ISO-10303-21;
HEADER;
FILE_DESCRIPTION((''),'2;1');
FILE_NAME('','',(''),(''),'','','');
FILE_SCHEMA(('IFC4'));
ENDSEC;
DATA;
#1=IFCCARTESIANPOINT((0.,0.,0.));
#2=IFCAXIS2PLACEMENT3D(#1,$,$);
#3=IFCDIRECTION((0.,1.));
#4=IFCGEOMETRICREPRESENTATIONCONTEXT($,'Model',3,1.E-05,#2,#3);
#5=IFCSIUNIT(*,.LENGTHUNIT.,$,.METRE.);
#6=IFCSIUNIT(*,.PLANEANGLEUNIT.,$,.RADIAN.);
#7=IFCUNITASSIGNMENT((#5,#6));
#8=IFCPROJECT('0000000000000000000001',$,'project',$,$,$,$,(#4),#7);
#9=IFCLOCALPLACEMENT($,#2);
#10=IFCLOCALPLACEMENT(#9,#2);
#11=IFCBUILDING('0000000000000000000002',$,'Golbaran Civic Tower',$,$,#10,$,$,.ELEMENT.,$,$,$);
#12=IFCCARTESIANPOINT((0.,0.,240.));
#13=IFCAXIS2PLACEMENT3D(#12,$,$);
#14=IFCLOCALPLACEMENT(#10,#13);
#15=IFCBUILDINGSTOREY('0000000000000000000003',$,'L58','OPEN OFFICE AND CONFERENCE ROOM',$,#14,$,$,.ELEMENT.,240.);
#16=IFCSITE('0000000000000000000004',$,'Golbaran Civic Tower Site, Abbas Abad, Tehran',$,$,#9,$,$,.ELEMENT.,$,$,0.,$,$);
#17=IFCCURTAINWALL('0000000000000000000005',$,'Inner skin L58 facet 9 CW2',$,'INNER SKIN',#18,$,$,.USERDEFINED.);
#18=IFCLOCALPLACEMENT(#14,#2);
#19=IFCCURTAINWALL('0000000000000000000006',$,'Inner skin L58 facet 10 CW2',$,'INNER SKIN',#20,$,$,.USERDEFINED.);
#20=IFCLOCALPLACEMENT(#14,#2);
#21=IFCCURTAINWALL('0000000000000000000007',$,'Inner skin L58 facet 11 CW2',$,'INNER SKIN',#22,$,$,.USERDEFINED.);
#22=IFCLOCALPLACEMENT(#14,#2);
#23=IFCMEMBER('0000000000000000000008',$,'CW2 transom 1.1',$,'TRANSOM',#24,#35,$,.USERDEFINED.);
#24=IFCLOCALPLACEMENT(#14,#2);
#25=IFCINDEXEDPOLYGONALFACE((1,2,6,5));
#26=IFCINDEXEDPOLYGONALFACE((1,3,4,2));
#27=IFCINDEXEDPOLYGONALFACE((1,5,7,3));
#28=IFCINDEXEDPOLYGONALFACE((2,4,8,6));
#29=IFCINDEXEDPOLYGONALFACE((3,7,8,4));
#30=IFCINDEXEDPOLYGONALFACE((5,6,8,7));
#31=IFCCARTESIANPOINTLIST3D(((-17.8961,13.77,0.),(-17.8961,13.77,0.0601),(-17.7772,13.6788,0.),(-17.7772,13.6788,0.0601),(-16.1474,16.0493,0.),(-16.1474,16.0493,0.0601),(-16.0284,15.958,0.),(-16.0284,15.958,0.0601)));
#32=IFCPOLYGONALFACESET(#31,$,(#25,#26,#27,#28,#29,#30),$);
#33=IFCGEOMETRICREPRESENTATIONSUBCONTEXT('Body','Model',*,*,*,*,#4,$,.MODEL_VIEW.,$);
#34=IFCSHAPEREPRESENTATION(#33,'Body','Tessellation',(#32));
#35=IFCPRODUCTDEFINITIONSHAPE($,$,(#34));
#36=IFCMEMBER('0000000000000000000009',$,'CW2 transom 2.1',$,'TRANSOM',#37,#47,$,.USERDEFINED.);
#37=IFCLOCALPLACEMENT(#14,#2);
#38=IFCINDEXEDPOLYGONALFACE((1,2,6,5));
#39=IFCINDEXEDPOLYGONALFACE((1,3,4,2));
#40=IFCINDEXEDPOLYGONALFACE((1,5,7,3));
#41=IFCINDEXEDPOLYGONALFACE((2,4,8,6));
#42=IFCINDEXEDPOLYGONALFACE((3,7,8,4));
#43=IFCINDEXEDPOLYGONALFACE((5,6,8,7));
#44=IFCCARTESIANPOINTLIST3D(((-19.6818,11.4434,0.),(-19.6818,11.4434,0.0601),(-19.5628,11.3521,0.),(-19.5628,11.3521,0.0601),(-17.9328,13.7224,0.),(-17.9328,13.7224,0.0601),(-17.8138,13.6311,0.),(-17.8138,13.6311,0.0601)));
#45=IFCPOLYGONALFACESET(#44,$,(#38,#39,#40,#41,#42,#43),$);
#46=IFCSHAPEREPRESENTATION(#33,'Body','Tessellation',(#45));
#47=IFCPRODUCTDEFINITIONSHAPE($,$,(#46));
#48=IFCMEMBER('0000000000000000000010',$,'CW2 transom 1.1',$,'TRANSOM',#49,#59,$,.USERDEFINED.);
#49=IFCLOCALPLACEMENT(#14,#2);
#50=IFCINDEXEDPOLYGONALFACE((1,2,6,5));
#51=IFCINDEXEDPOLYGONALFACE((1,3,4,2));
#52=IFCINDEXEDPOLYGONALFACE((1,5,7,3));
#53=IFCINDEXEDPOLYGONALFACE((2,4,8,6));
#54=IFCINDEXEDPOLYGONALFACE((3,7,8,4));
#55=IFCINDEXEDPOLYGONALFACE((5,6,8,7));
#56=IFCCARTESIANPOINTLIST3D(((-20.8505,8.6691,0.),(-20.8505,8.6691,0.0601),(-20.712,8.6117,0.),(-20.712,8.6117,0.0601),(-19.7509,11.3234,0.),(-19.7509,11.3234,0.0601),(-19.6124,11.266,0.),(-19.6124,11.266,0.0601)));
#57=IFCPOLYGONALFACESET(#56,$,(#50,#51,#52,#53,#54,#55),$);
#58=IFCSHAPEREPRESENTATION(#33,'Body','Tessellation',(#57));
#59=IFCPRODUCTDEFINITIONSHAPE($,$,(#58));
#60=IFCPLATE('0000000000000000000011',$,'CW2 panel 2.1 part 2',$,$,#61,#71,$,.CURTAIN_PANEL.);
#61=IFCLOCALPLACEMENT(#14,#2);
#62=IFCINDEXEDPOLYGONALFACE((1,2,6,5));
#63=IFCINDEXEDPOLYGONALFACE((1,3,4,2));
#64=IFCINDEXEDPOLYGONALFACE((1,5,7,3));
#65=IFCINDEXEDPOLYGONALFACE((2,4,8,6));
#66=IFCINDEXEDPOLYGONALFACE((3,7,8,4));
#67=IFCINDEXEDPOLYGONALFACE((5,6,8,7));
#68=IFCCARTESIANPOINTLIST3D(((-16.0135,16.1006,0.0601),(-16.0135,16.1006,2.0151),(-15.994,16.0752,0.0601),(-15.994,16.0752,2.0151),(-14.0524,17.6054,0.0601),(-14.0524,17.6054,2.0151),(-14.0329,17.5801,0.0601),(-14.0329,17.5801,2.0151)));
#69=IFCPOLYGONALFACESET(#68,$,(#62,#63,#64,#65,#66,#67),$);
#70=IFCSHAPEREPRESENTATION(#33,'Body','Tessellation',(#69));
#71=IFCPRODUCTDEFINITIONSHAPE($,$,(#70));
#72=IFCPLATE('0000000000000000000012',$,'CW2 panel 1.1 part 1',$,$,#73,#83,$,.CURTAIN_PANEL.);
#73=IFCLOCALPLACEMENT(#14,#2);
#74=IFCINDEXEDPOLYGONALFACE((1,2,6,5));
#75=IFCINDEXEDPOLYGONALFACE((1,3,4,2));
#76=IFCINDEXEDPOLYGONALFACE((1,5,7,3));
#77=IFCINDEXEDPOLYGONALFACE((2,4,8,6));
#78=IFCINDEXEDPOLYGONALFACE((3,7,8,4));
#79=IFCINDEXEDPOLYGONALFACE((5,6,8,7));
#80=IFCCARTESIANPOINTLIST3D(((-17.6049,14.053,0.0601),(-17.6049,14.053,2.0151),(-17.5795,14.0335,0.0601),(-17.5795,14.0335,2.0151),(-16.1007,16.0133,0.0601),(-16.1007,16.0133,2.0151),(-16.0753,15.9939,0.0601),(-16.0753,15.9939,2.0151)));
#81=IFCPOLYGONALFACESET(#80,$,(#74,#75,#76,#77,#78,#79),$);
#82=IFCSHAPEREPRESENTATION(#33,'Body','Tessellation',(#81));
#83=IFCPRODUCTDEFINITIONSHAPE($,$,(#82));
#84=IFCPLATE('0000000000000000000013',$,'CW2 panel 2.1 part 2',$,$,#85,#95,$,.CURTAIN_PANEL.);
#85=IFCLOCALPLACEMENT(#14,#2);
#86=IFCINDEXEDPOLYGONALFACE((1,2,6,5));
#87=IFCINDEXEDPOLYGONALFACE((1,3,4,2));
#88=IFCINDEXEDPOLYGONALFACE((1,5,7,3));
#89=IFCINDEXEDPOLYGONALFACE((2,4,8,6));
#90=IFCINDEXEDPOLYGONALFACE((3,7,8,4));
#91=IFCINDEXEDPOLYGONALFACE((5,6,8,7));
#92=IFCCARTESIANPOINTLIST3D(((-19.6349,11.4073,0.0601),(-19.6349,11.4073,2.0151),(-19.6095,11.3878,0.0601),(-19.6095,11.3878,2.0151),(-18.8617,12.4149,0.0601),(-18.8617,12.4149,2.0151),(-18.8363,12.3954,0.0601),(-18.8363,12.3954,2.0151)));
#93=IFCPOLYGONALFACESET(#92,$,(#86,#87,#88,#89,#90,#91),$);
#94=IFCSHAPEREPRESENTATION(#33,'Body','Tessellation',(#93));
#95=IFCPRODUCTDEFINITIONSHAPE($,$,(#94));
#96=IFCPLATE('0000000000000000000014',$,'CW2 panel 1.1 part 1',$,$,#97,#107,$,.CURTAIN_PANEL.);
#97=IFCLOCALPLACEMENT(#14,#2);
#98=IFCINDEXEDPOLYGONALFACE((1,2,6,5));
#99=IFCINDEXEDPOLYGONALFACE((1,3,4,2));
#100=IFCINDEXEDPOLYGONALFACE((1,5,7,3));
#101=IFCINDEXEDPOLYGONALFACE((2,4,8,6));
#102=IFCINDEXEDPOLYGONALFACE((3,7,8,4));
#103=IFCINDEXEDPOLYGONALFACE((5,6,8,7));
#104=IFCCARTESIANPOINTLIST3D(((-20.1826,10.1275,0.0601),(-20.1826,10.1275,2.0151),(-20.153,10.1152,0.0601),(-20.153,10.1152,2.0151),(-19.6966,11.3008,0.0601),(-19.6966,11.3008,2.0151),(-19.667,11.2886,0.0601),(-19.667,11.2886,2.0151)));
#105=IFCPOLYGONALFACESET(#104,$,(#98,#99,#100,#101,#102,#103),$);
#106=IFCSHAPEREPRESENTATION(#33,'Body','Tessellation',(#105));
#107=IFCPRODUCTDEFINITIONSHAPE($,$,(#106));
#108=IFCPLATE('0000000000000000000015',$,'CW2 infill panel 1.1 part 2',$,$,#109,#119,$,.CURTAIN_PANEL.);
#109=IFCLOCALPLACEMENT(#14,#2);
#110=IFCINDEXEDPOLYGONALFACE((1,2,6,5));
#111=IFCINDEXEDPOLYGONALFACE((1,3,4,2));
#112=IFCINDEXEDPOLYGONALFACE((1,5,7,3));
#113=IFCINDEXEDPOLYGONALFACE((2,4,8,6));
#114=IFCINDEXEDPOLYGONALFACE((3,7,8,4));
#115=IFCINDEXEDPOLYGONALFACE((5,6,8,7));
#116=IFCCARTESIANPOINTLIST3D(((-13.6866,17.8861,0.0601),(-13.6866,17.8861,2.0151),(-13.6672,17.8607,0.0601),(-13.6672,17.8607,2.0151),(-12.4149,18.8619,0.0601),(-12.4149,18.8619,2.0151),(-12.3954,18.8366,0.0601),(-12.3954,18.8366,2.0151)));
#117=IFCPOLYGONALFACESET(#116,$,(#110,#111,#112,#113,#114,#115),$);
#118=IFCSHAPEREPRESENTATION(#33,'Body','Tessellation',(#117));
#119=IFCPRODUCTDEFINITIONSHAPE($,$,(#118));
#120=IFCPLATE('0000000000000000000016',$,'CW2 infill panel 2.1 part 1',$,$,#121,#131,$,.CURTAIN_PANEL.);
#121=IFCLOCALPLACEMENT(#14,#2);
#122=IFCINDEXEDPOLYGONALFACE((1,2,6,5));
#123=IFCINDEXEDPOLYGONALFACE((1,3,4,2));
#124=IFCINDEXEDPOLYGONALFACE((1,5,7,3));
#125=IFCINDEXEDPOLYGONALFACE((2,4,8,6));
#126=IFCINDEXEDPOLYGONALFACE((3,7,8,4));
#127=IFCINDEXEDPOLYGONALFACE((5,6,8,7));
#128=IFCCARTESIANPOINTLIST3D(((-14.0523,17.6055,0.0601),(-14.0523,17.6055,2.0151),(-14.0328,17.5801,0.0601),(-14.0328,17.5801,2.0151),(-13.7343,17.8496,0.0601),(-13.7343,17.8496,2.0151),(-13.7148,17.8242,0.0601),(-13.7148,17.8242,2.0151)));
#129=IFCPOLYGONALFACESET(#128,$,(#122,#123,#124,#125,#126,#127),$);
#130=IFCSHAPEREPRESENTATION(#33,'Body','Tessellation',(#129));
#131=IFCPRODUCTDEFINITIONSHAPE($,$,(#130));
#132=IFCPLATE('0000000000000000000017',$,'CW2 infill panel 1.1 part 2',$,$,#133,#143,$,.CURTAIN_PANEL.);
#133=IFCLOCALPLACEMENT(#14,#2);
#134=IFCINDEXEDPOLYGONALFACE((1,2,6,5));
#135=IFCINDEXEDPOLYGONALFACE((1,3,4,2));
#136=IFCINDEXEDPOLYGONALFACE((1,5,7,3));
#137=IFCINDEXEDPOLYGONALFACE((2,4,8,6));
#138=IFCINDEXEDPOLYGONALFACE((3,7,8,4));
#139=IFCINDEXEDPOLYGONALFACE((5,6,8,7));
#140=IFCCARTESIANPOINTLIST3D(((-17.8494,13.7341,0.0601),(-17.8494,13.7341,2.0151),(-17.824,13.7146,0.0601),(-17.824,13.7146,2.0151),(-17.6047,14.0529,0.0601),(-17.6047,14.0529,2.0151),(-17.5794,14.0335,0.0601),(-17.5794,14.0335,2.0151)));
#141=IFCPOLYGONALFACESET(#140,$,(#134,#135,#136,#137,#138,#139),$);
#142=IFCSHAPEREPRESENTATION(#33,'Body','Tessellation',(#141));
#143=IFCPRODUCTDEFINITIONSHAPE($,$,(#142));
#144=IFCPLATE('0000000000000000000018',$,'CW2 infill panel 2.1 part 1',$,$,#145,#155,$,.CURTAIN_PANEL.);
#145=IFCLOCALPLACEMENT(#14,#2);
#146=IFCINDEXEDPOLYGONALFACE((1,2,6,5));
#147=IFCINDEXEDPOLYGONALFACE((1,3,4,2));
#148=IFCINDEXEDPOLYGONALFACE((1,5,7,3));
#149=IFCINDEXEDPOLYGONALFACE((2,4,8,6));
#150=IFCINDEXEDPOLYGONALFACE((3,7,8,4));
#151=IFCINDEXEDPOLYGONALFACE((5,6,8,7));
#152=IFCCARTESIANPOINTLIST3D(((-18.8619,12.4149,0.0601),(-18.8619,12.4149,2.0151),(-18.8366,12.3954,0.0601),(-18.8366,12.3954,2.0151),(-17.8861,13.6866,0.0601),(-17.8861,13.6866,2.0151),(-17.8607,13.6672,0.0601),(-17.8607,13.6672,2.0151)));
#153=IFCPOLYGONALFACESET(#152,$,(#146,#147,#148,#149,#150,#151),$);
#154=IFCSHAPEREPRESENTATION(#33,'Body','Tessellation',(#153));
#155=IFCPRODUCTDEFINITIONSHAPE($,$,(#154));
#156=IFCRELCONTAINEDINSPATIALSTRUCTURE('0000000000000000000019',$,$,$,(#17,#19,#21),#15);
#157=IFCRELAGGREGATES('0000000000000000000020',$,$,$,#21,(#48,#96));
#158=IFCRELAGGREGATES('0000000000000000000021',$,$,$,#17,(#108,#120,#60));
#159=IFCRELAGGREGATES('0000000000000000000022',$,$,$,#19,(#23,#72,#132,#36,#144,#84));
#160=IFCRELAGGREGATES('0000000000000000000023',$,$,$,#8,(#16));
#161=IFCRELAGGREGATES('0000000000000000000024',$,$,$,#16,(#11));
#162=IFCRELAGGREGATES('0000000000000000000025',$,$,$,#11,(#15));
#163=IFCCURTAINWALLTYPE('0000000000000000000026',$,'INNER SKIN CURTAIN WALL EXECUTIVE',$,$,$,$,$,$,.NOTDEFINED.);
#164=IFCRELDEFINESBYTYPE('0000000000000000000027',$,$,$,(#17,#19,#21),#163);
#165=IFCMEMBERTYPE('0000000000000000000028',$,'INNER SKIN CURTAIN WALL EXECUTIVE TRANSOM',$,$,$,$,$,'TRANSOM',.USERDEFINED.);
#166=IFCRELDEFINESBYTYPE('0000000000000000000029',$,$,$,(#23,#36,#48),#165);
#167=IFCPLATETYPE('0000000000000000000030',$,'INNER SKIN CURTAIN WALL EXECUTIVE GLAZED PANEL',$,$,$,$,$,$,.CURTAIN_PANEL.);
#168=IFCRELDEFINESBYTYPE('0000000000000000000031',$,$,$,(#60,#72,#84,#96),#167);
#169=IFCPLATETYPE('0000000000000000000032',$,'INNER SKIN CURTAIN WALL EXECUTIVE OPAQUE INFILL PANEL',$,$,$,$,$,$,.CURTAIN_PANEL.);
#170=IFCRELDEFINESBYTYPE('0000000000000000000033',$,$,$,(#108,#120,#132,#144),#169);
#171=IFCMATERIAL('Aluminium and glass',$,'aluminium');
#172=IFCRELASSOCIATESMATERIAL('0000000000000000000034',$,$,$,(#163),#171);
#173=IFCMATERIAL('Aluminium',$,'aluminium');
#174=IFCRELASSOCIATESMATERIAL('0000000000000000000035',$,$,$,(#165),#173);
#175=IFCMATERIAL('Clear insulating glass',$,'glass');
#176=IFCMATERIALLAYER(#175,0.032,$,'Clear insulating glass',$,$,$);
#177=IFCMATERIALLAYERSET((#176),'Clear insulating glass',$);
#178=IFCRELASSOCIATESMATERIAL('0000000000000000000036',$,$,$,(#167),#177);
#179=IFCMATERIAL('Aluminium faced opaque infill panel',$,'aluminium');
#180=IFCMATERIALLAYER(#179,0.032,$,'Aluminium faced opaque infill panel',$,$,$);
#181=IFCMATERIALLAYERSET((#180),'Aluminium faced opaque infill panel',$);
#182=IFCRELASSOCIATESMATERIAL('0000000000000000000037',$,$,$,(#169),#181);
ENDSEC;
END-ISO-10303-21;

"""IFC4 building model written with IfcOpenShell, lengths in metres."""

from ifc_helpers import new_model, si_unit, direction, frame, origin, origin_2d, place, context, subcontext, project, spatial, rectangle, extrude, material, layer, layer_set, material_profile, profile_set, type_object, element, aggregate, save


model = new_model("IFC4")

# Units and contexts
model_context = context("Model", 3, precision=1e-05, world=origin(), true_north=direction((0.0, 1.0)))
body_context = subcontext(model_context, "Body", "Model", "MODEL_VIEW")
ifc_project = project(units=[si_unit("LENGTHUNIT", "METRE"), si_unit("PLANEANGLEUNIT", "RADIAN")], contexts=[model_context])

# Site, building, storey
site_placement = place(None, origin())
site = spatial("IfcSite", under=ifc_project, at=site_placement, Name="Golbaran Civic Tower Site, Abbas Abad, Tehran", CompositionType="ELEMENT", RefElevation=0.0)
building_placement = place(site_placement, origin())
building = spatial("IfcBuilding", under=site, at=building_placement, Name="Golbaran Civic Tower", CompositionType="ELEMENT")
storey_placement = place(building_placement, frame((0.0, 0.0, 240.0)))
storey = spatial("IfcBuildingStorey", under=building, at=storey_placement, Name="L58", Description="OPEN OFFICE AND CONFERENCE ROOM", CompositionType="ELEMENT", Elevation=240.0)

# Curtain walls
ifc_material_1 = material(Name="Aluminium and glass", Category="aluminium")
curtain_wall_type = type_object("IfcCurtainWallType", Name="INNER SKIN CURTAIN WALL EXECUTIVE", PredefinedType="NOTDEFINED", material=ifc_material_1)
curtain_wall_1_placement = place(storey_placement, origin())
curtain_wall_1 = element("IfcCurtainWall", 1, at=curtain_wall_1_placement, inside=storey, type_object=curtain_wall_type, Name="Inner skin L58 facet 9 CW2", ObjectType="INNER SKIN", PredefinedType="USERDEFINED")
ifc_material_2 = material(Name="Aluminium", Category="aluminium")
curtain_wall_2_placement = place(storey_placement, origin())
curtain_wall_2 = element("IfcCurtainWall", 2, at=curtain_wall_2_placement, inside=storey, type_object=curtain_wall_type, Name="Inner skin L58 facet 10 CW2", ObjectType="INNER SKIN", PredefinedType="USERDEFINED")

# Curtain wall
curtain_wall_3_placement = place(storey_placement, origin())
curtain_wall_3 = element("IfcCurtainWall", 3, at=curtain_wall_3_placement, inside=storey, type_object=curtain_wall_type, Name="Inner skin L58 facet 11 CW2", ObjectType="INNER SKIN", PredefinedType="USERDEFINED")

# Members
ifc_material_profile_1 = material_profile(ifc_material_2, rectangle(XDim=0.1499, YDim=0.0601, at=origin_2d()), Name="INNER SKIN CURTAIN WALL EXECUTIVE TRANSOM")
ifc_profile_set_1 = profile_set([ifc_material_profile_1], Name="Aluminium")
member_type_1 = type_object("IfcMemberType", Name="INNER SKIN CURTAIN WALL EXECUTIVE TRANSOM", ElementType="TRANSOM", PredefinedType="USERDEFINED", material=ifc_profile_set_1)
member_1_placement = place(storey_placement, frame((-16.0879, 16.0037, 0.03), z_axis=(-0.608721, -0.793385, 0.0), x_axis=(0.793385, -0.608721, 0.0)))
member_1 = element("IfcMember", 4, at=member_1_placement, type_object=member_type_1, Name="CW2 transom 1.1", ObjectType="TRANSOM", PredefinedType="USERDEFINED", context=body_context, shape_type="SweptSolid", body=[
    extrude(rectangle(XDim=0.1499, YDim=0.0601, at=origin_2d()), origin(), (0.0, 0.0, 1.0), 2.8728),
])
member_2_placement = place(storey_placement, frame((-17.8733, 13.6768, 0.03), z_axis=(-0.608815, -0.793312, 0.0), x_axis=(0.793312, -0.608815, 0.0)))
member_2 = element("IfcMember", 5, at=member_2_placement, type_object=member_type_1, Name="CW2 transom 2.1", ObjectType="TRANSOM", PredefinedType="USERDEFINED", context=body_context, shape_type="SweptSolid", body=[
    extrude(rectangle(XDim=0.1499, YDim=0.0601, at=origin_2d()), origin(), (0.0, 0.0, 1.0), 2.8728),
])
member_3_placement = place(storey_placement, frame((-19.6816, 11.2947, 0.03), z_axis=(-0.382732, -0.923859, 0.0), x_axis=(0.923859, -0.382732, 0.0)))
member_3 = element("IfcMember", 6, at=member_3_placement, type_object=member_type_1, Name="CW2 transom 1.1", ObjectType="TRANSOM", PredefinedType="USERDEFINED", context=body_context, shape_type="SweptSolid", body=[
    extrude(rectangle(XDim=0.1499, YDim=0.0601, at=origin_2d()), origin(), (0.0, 0.0, 1.0), 2.873),
])

# Plates
ifc_material_3 = material(Name="Clear insulating glass", Category="glass")
ifc_layer_1 = layer(ifc_material_3, 0.032, Name="Clear insulating glass")
ifc_layer_set_1 = layer_set([ifc_layer_1], Name="Clear insulating glass")
plate_type_1 = type_object("IfcPlateType", Name="INNER SKIN CURTAIN WALL EXECUTIVE GLAZED PANEL", PredefinedType="CURTAIN_PANEL", material=ifc_layer_set_1)
plate_1_placement = place(storey_placement, frame((-15.0232, 16.8403, 0.0601), z_axis=(0.0, 0.0, 1.0), x_axis=(-0.793353, -0.608761, 0.0)))
plate_1 = element("IfcPlate", 7, at=plate_1_placement, type_object=plate_type_1, Name="CW2 panel 2.1 part 2", PredefinedType="CURTAIN_PANEL", context=body_context, shape_type="SweptSolid", body=[
    extrude(rectangle(XDim=2.4719, YDim=0.032, at=origin_2d()), origin(), (0.0, 0.0, 1.0), 1.9551),
])
plate_2_placement = place(storey_placement, frame((-16.8401, 15.0234, 0.0601), z_axis=(0.0, 0.0, 1.0), x_axis=(-0.608761, -0.793353, 0.0)))
plate_2 = element("IfcPlate", 8, at=plate_2_placement, type_object=plate_type_1, Name="CW2 panel 1.1 part 1", PredefinedType="CURTAIN_PANEL", context=body_context, shape_type="SweptSolid", body=[
    extrude(rectangle(XDim=2.4709, YDim=0.032, at=origin_2d()), origin(), (0.0, 0.0, 1.0), 1.9551),
])
plate_3_placement = place(storey_placement, frame((-19.2356, 11.9014, 0.0601), z_axis=(0.0, 0.0, 1.0), x_axis=(-0.608761, -0.793353, 0.0)))
plate_3 = element("IfcPlate", 9, at=plate_3_placement, type_object=plate_type_1, Name="CW2 panel 2.1 part 2", PredefinedType="CURTAIN_PANEL", context=body_context, shape_type="SweptSolid", body=[
    extrude(rectangle(XDim=1.27, YDim=0.032, at=origin_2d()), origin(), (0.0, 0.0, 1.0), 1.9551),
])
plate_4_placement = place(storey_placement, frame((-19.9248, 10.708, 0.0601), z_axis=(0.0, 0.0, 1.0), x_axis=(-0.382683, -0.92388, 0.0)))
plate_4 = element("IfcPlate", 10, at=plate_4_placement, type_object=plate_type_1, Name="CW2 panel 1.1 part 1", PredefinedType="CURTAIN_PANEL", context=body_context, shape_type="SweptSolid", body=[
    extrude(rectangle(XDim=1.27, YDim=0.032, at=origin_2d()), origin(), (0.0, 0.0, 1.0), 1.9551),
])
aggregate(curtain_wall_3, [member_3, plate_4])
ifc_material_4 = material(Name="Aluminium faced opaque infill panel", Category="aluminium")
ifc_layer_2 = layer(ifc_material_4, 0.032, Name="Aluminium faced opaque infill panel")
ifc_layer_set_2 = layer_set([ifc_layer_2], Name="Aluminium faced opaque infill panel")
plate_type_2 = type_object("IfcPlateType", Name="INNER SKIN CURTAIN WALL EXECUTIVE OPAQUE INFILL PANEL", PredefinedType="CURTAIN_PANEL", material=ifc_layer_set_2)
plate_5_placement = place(storey_placement, frame((-13.041, 18.3613, 0.0601), z_axis=(0.0, 0.0, 1.0), x_axis=(-0.793353, -0.608761, 0.0)))
plate_5 = element("IfcPlate", 11, at=plate_5_placement, type_object=plate_type_2, Name="CW2 infill panel 1.1 part 2", PredefinedType="CURTAIN_PANEL", context=body_context, shape_type="SweptSolid", body=[
    extrude(rectangle(XDim=1.603, YDim=0.032, at=origin_2d()), origin(), (0.0, 0.0, 1.0), 1.9551),
])
plate_6_placement = place(storey_placement, frame((-13.8835, 17.7148, 0.0601), z_axis=(0.0, 0.0, 1.0), x_axis=(-0.793353, -0.608761, 0.0)))
plate_6 = element("IfcPlate", 12, at=plate_6_placement, type_object=plate_type_2, Name="CW2 infill panel 2.1 part 1", PredefinedType="CURTAIN_PANEL", context=body_context, shape_type="SweptSolid", body=[
    extrude(rectangle(XDim=0.4009, YDim=0.032, at=origin_2d()), origin(), (0.0, 0.0, 1.0), 1.9551),
])
aggregate(curtain_wall_1, [plate_5, plate_6, plate_1])
plate_7_placement = place(storey_placement, frame((-17.7144, 13.8838, 0.0601), z_axis=(0.0, 0.0, 1.0), x_axis=(-0.608761, -0.793353, 0.0)))
plate_7 = element("IfcPlate", 13, at=plate_7_placement, type_object=plate_type_2, Name="CW2 infill panel 1.1 part 2", PredefinedType="CURTAIN_PANEL", context=body_context, shape_type="SweptSolid", body=[
    extrude(rectangle(XDim=0.4019, YDim=0.032, at=origin_2d()), origin(), (0.0, 0.0, 1.0), 1.9551),
])
plate_8_placement = place(storey_placement, frame((-18.3613, 13.041, 0.0601), z_axis=(0.0, 0.0, 1.0), x_axis=(-0.608761, -0.793353, 0.0)))
plate_8 = element("IfcPlate", 14, at=plate_8_placement, type_object=plate_type_2, Name="CW2 infill panel 2.1 part 1", PredefinedType="CURTAIN_PANEL", context=body_context, shape_type="SweptSolid", body=[
    extrude(rectangle(XDim=1.603, YDim=0.032, at=origin_2d()), origin(), (0.0, 0.0, 1.0), 1.9551),
])
aggregate(curtain_wall_2, [member_1, plate_2, plate_7, member_2, plate_8, plate_3])

save(model, "model.ifc")
